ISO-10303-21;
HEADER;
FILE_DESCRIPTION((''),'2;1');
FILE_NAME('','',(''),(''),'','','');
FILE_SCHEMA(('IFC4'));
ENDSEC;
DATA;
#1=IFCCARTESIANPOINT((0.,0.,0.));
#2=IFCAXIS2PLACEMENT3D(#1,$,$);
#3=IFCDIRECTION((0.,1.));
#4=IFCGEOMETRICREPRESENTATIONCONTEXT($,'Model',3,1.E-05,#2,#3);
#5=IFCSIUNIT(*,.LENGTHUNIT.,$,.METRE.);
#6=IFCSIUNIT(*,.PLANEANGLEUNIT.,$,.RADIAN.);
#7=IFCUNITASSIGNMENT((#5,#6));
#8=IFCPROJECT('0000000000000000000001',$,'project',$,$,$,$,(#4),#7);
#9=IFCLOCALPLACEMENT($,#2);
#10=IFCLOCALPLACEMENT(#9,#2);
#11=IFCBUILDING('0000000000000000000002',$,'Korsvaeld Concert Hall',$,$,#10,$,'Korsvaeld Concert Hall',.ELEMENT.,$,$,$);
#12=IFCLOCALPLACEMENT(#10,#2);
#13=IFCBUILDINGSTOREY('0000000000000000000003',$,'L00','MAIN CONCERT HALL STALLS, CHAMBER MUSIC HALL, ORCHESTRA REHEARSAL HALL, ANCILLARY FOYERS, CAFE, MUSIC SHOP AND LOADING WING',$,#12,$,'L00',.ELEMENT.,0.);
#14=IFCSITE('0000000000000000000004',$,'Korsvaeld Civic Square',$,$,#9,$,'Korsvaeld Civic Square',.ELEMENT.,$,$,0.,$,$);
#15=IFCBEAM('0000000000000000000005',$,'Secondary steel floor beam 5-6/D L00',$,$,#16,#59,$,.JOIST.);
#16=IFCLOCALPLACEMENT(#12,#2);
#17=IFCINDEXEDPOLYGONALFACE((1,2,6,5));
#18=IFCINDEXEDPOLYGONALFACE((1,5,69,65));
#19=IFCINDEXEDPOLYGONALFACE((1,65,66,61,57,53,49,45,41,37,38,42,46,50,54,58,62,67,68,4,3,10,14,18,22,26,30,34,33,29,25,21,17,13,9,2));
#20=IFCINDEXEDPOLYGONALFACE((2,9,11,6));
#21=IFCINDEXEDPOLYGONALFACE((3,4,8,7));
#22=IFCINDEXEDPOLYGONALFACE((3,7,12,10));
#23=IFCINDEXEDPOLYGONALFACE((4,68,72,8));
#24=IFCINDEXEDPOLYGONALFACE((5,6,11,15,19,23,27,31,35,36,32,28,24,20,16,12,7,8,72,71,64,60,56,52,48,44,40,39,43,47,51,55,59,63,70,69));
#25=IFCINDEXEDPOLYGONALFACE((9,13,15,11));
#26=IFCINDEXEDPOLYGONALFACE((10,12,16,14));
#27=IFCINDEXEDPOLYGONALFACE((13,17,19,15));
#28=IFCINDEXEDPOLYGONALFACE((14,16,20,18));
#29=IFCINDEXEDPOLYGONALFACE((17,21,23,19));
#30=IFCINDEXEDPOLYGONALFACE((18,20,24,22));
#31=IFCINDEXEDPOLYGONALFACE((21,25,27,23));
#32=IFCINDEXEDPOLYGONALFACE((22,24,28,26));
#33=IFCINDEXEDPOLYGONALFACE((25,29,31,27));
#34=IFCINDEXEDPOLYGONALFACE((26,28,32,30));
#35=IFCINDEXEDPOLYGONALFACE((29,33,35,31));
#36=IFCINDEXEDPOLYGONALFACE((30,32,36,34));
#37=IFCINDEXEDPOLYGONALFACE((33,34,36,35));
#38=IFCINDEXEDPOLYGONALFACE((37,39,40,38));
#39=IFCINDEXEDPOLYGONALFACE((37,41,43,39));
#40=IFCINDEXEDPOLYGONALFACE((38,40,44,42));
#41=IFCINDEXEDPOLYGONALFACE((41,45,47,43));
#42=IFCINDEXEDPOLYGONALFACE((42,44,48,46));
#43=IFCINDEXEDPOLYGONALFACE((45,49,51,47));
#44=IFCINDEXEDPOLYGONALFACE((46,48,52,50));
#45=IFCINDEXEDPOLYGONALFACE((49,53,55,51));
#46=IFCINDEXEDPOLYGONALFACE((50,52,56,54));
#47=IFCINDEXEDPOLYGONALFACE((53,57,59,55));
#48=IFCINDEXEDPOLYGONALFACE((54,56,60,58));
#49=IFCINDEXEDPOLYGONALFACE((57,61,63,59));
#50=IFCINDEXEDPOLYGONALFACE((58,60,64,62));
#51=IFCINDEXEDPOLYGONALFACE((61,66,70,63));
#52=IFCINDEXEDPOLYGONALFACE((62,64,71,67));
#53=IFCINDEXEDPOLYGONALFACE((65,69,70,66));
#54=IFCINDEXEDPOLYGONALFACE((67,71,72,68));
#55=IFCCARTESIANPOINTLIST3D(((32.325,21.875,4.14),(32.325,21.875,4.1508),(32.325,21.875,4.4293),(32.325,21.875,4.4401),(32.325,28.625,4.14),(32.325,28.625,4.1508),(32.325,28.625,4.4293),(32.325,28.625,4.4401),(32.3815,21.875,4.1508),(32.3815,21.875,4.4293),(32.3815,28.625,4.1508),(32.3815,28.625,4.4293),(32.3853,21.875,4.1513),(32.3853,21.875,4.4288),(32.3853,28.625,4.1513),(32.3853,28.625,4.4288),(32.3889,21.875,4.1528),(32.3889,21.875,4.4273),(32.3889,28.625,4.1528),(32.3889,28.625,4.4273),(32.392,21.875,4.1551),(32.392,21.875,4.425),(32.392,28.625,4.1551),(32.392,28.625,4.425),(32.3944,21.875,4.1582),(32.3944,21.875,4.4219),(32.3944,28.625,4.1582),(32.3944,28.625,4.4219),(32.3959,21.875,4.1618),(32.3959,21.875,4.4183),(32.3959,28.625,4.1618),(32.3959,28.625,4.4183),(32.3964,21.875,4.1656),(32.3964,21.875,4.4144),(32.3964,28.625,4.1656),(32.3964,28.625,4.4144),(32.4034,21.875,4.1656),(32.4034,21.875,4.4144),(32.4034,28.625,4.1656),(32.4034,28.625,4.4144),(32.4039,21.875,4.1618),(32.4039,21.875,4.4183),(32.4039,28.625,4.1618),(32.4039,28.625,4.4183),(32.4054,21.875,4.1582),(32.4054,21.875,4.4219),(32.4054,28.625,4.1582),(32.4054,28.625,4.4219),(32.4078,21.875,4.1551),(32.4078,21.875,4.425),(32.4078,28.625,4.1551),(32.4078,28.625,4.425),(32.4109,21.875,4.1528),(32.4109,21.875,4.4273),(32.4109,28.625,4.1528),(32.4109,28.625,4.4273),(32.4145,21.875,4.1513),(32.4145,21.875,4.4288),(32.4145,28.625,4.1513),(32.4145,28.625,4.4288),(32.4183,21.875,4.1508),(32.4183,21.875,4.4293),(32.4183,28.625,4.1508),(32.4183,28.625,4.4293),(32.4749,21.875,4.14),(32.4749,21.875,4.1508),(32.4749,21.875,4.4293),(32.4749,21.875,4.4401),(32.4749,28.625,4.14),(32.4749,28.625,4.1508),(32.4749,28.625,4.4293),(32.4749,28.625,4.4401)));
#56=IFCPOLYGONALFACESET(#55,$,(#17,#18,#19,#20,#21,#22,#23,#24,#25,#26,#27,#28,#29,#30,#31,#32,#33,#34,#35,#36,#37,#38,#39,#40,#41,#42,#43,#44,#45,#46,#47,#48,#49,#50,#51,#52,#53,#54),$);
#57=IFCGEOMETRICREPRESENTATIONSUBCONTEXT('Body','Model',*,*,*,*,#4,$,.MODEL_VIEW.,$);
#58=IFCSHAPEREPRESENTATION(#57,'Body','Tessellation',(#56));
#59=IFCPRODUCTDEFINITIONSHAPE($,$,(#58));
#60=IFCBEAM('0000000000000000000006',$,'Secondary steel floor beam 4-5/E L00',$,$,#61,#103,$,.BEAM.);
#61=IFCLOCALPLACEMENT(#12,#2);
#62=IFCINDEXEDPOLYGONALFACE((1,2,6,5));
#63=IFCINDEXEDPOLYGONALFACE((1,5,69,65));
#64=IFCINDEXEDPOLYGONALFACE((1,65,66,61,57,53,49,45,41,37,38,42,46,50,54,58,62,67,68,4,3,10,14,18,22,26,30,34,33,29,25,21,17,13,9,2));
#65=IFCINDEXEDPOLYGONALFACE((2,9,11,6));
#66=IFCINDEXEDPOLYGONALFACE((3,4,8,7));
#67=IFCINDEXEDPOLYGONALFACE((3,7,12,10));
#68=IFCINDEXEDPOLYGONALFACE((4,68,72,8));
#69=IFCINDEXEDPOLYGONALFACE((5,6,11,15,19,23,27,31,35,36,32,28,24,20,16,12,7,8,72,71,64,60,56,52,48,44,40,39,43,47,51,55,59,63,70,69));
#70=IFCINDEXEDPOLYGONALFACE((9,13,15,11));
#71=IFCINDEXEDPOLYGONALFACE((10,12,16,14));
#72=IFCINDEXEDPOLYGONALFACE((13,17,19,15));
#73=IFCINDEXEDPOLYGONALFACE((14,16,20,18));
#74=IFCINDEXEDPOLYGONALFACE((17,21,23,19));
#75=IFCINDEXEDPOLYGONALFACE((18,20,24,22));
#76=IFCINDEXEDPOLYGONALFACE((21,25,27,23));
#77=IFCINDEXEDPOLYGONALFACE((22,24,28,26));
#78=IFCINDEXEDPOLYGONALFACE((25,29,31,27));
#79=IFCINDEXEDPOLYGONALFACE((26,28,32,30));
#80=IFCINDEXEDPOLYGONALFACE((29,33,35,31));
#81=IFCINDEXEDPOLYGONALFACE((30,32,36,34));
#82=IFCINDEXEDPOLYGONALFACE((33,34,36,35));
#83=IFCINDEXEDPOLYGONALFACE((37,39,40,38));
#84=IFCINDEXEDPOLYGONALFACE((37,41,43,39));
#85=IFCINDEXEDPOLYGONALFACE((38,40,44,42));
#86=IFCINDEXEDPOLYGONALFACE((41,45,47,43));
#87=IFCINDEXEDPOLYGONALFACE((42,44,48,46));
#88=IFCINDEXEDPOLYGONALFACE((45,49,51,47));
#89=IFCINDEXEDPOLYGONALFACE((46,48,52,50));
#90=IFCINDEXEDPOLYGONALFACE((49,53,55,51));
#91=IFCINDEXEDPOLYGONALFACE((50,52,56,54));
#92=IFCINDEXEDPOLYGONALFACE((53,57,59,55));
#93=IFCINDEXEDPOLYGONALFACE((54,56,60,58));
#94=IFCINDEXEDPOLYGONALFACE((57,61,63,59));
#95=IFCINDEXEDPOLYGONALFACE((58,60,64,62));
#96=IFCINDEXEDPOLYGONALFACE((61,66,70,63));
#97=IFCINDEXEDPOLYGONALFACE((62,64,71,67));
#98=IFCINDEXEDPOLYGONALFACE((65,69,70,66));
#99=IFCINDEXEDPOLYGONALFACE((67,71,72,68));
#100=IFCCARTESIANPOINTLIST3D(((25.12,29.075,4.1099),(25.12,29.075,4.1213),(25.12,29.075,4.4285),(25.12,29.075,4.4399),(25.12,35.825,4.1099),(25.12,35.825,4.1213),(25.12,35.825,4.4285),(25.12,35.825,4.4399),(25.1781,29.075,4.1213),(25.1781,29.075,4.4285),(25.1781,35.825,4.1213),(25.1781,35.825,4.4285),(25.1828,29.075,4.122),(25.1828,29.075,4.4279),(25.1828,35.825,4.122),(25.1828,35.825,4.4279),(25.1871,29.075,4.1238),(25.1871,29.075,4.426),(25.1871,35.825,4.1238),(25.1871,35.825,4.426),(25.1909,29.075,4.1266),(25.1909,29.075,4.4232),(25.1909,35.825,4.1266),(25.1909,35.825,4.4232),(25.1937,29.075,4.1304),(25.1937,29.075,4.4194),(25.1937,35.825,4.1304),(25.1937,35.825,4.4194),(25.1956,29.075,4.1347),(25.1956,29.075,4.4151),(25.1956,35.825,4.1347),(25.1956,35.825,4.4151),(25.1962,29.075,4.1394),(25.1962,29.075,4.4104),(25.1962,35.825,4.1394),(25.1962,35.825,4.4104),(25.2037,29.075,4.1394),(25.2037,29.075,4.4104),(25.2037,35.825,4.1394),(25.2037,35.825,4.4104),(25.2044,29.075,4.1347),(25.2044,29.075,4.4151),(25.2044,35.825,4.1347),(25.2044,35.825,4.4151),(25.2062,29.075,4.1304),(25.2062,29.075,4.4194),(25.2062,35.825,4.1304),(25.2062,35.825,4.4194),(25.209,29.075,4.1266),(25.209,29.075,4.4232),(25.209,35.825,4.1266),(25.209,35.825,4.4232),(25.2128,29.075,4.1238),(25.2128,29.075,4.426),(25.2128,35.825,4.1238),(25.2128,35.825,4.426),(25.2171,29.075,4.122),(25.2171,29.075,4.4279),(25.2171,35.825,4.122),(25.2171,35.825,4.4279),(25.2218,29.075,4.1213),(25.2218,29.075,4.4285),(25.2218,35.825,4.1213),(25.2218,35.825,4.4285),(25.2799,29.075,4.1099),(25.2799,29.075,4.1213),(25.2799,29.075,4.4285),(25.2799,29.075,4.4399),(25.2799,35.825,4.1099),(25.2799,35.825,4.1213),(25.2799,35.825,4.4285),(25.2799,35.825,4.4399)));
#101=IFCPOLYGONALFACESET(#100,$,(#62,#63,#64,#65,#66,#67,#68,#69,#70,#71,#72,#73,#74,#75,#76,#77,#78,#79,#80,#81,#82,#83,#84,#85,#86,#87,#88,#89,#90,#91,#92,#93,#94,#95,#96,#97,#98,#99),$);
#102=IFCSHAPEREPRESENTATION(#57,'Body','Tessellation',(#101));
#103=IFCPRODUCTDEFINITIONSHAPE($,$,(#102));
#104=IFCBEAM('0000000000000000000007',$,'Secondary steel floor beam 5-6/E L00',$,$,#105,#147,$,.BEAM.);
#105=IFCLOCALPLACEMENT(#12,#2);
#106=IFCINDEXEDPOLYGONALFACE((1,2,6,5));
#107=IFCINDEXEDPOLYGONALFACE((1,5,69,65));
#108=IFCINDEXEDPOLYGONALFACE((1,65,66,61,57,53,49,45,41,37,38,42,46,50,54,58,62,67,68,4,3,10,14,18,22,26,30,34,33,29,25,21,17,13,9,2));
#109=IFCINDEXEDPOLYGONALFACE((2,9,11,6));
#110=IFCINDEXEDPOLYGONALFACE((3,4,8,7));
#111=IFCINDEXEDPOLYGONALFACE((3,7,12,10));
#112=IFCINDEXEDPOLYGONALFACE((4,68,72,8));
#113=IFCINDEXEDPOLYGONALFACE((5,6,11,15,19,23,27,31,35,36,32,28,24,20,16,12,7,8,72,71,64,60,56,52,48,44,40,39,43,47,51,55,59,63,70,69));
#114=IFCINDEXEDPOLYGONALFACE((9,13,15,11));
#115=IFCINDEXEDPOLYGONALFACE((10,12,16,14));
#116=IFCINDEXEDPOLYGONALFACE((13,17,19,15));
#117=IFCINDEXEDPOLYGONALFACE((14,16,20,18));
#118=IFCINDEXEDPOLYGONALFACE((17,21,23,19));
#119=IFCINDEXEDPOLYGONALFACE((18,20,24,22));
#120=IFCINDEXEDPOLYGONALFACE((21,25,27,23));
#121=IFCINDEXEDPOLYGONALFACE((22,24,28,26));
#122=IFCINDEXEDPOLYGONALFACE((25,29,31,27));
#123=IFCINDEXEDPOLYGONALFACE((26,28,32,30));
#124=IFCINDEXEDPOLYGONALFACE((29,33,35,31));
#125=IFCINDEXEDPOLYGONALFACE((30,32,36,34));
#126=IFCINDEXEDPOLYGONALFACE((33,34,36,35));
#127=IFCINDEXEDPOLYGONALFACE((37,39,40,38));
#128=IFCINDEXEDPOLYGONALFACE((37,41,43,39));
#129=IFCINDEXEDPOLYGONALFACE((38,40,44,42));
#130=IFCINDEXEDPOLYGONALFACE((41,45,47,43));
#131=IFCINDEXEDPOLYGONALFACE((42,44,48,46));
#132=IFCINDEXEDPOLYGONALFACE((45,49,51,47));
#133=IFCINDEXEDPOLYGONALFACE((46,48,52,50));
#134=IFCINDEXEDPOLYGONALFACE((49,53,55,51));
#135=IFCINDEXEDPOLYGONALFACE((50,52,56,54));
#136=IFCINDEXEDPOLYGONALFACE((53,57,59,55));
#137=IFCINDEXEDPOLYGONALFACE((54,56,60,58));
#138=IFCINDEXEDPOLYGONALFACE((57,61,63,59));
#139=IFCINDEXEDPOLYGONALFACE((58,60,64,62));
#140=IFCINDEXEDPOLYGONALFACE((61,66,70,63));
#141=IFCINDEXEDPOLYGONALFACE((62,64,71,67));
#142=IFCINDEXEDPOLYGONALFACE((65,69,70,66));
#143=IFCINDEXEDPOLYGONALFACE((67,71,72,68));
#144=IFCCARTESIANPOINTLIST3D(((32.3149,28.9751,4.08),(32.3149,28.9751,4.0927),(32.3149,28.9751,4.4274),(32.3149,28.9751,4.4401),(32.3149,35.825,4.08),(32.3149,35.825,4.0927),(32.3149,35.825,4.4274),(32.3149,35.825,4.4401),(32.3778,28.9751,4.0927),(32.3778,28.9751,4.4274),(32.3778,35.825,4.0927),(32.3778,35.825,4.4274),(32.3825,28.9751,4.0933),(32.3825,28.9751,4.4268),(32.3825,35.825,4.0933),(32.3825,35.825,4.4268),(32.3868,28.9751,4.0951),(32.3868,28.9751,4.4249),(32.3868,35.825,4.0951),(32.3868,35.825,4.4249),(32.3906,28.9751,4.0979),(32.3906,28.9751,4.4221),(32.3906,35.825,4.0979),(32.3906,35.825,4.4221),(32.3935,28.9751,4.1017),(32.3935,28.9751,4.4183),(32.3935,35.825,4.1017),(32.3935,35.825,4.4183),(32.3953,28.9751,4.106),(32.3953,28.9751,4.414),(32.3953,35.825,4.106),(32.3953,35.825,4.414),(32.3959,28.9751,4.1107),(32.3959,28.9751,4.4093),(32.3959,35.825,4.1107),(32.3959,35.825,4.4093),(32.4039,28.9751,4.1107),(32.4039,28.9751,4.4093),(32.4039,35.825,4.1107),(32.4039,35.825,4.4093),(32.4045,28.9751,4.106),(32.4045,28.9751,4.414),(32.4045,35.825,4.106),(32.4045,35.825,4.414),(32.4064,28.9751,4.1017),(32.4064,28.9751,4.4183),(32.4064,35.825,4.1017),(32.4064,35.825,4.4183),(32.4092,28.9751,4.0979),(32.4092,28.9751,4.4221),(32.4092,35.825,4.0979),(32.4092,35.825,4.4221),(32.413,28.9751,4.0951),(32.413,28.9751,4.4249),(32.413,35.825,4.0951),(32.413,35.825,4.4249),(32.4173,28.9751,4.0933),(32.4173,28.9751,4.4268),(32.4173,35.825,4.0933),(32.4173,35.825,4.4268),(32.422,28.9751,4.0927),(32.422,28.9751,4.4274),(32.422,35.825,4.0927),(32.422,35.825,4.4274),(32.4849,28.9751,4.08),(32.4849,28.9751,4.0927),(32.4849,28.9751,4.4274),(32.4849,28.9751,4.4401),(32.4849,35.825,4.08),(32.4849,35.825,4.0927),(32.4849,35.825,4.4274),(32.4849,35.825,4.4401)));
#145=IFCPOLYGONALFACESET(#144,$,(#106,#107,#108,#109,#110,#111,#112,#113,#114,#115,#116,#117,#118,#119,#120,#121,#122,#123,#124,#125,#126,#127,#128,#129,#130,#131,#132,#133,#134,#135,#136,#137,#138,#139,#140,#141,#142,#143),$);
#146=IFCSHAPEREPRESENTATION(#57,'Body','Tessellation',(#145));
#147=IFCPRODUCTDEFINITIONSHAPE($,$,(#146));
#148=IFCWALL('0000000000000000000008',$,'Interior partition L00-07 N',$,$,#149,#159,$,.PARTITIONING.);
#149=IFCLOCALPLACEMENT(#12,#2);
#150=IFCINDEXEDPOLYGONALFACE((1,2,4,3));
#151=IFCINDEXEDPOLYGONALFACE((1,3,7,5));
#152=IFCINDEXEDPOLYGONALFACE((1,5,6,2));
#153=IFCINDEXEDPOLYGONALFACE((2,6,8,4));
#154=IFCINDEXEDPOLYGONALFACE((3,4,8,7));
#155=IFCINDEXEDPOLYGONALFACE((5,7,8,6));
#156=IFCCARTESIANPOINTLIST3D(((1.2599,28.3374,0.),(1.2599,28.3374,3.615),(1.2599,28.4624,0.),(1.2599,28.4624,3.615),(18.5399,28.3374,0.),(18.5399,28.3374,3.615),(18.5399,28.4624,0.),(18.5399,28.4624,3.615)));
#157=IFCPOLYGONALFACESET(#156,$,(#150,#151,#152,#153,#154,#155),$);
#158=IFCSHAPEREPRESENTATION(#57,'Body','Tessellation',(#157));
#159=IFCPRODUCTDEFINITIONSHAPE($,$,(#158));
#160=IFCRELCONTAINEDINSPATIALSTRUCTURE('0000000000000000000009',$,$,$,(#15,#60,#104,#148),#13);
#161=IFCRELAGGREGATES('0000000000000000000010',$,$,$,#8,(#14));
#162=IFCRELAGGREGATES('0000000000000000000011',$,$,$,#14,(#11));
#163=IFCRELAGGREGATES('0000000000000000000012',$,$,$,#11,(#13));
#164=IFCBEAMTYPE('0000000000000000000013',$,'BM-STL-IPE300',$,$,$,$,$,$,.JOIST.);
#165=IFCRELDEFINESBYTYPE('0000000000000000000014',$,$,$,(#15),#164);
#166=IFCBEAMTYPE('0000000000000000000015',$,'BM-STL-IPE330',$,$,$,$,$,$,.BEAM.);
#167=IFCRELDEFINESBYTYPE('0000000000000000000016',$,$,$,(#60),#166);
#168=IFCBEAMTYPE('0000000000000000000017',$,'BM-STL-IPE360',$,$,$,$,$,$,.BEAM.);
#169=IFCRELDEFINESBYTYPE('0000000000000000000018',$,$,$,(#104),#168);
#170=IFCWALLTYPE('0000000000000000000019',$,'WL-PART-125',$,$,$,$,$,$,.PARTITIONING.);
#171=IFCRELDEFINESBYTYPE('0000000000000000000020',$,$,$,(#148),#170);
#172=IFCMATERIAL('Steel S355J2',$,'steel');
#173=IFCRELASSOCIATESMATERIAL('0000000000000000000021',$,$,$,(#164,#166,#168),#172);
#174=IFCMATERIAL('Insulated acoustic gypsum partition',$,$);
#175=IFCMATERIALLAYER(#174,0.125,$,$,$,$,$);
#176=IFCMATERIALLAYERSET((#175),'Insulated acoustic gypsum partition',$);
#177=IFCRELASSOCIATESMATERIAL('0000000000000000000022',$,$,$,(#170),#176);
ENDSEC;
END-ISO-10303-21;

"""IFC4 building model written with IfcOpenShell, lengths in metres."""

from ifc_helpers import new_model, si_unit, direction, frame, frame_2d, origin, origin_2d, place, context, subcontext, project, spatial, rectangle, i_section, extrude, material, layer, layer_set, material_profile, profile_set, type_object, element, save


model = new_model("IFC4")

# Units and contexts
model_context = context("Model", 3, precision=1e-05, world=origin(), true_north=direction((0.0, 1.0)))
body_context = subcontext(model_context, "Body", "Model", "MODEL_VIEW")
ifc_project = project(units=[si_unit("LENGTHUNIT", "METRE"), si_unit("PLANEANGLEUNIT", "RADIAN")], contexts=[model_context])

# Site, building, storey
site_placement = place(None, origin())
site = spatial("IfcSite", under=ifc_project, at=site_placement, Name="Korsvaeld Civic Square", LongName="Korsvaeld Civic Square", CompositionType="ELEMENT", RefElevation=0.0)
building_placement = place(site_placement, origin())
building = spatial("IfcBuilding", under=site, at=building_placement, Name="Korsvaeld Concert Hall", LongName="Korsvaeld Concert Hall", CompositionType="ELEMENT")
storey_placement = place(building_placement, origin())
storey = spatial("IfcBuildingStorey", under=building, at=storey_placement, Name="L00", Description="MAIN CONCERT HALL STALLS, CHAMBER MUSIC HALL, ORCHESTRA REHEARSAL HALL, ANCILLARY FOYERS, CAFE, MUSIC SHOP AND LOADING WING", LongName="L00", CompositionType="ELEMENT", Elevation=0.0)

# Beams
ifc_material_1 = material(Name="Steel S355J2", Category="steel")
ifc_material_profile_1 = material_profile(ifc_material_1, i_section(OverallWidth=0.1499, OverallDepth=0.3, WebThickness=0.0071, FlangeThickness=0.0107, FilletRadius=0.0149, at=origin_2d()), Name="IPE 300")
ifc_profile_set_1 = profile_set([ifc_material_profile_1], Name="Steel S355J2")
beam_type_1 = type_object("IfcBeamType", Name="BM-STL-IPE300", PredefinedType="JOIST", material=ifc_profile_set_1)
beam_1_placement = place(storey_placement, frame((32.3999, 21.875, 4.29), z_axis=(0.0, 1.0, 0.0), x_axis=(-1.0, 0.0, 0.0)))
element("IfcBeam", 1, at=beam_1_placement, inside=storey, type_object=beam_type_1, Name="Secondary steel floor beam 5-6/D L00", PredefinedType="JOIST", context=body_context, shape_type="SweptSolid", body=[
    extrude(i_section(OverallWidth=0.1499, OverallDepth=0.3, WebThickness=0.0071, FlangeThickness=0.0107, FilletRadius=0.0149, at=origin_2d()), origin(), (0.0, 0.0, 1.0), 6.75),
])
ifc_material_profile_2 = material_profile(ifc_material_1, i_section(OverallWidth=0.1599, OverallDepth=0.3301, WebThickness=0.0076, FlangeThickness=0.0115, FilletRadius=0.0181, at=origin_2d()), Name="IPE 330")
ifc_profile_set_2 = profile_set([ifc_material_profile_2], Name="Steel S355J2")
beam_type_2 = type_object("IfcBeamType", Name="BM-STL-IPE330", PredefinedType="BEAM", material=ifc_profile_set_2)
beam_2_placement = place(storey_placement, frame((25.2, 29.075, 4.2749), z_axis=(0.0, 1.0, 0.0), x_axis=(-1.0, 0.0, 0.0)))
element("IfcBeam", 2, at=beam_2_placement, inside=storey, type_object=beam_type_2, Name="Secondary steel floor beam 4-5/E L00", PredefinedType="BEAM", context=body_context, shape_type="SweptSolid", body=[
    extrude(i_section(OverallWidth=0.1599, OverallDepth=0.3301, WebThickness=0.0076, FlangeThickness=0.0115, FilletRadius=0.0181, at=origin_2d()), origin(), (0.0, 0.0, 1.0), 6.75),
])
ifc_material_profile_3 = material_profile(ifc_material_1, i_section(OverallWidth=0.1699, OverallDepth=0.3601, WebThickness=0.0081, FlangeThickness=0.0127, FilletRadius=0.0181, at=origin_2d()), Name="IPE 360")
ifc_profile_set_3 = profile_set([ifc_material_profile_3], Name="Steel S355J2")
beam_type_3 = type_object("IfcBeamType", Name="BM-STL-IPE360", PredefinedType="BEAM", material=ifc_profile_set_3)
beam_3_placement = place(storey_placement, frame((32.3999, 28.9751, 4.26), z_axis=(0.0, 1.0, 0.0), x_axis=(-1.0, 0.0, 0.0)))
element("IfcBeam", 3, at=beam_3_placement, inside=storey, type_object=beam_type_3, Name="Secondary steel floor beam 5-6/E L00", PredefinedType="BEAM", context=body_context, shape_type="SweptSolid", body=[
    extrude(i_section(OverallWidth=0.1699, OverallDepth=0.3601, WebThickness=0.0081, FlangeThickness=0.0127, FilletRadius=0.0181, at=origin_2d()), origin(), (0.0, 0.0, 1.0), 6.8499),
])

# Wall
ifc_material_2 = material(Name="Insulated acoustic gypsum partition")
ifc_layer = layer(ifc_material_2, 0.125)
ifc_layer_set = layer_set([ifc_layer], Name="Insulated acoustic gypsum partition")
wall_type = type_object("IfcWallType", Name="WL-PART-125", PredefinedType="PARTITIONING", material=ifc_layer_set)
wall_1_placement = place(storey_placement, frame((18.54, 28.3999, 0.0), z_axis=(0.0, 0.0, 1.0), x_axis=(-1.0, 0.0, 0.0)))
element("IfcWall", 4, at=wall_1_placement, inside=storey, type_object=wall_type, Name="Interior partition L00-07 N", PredefinedType="PARTITIONING", context=body_context, shape_type="SweptSolid", body=[
    extrude(rectangle(XDim=17.28, YDim=0.125, at=frame_2d((8.6401, 0.0))), origin(), (0.0, 0.0, 1.0), 3.615),
])

save(model, "model.ifc")
